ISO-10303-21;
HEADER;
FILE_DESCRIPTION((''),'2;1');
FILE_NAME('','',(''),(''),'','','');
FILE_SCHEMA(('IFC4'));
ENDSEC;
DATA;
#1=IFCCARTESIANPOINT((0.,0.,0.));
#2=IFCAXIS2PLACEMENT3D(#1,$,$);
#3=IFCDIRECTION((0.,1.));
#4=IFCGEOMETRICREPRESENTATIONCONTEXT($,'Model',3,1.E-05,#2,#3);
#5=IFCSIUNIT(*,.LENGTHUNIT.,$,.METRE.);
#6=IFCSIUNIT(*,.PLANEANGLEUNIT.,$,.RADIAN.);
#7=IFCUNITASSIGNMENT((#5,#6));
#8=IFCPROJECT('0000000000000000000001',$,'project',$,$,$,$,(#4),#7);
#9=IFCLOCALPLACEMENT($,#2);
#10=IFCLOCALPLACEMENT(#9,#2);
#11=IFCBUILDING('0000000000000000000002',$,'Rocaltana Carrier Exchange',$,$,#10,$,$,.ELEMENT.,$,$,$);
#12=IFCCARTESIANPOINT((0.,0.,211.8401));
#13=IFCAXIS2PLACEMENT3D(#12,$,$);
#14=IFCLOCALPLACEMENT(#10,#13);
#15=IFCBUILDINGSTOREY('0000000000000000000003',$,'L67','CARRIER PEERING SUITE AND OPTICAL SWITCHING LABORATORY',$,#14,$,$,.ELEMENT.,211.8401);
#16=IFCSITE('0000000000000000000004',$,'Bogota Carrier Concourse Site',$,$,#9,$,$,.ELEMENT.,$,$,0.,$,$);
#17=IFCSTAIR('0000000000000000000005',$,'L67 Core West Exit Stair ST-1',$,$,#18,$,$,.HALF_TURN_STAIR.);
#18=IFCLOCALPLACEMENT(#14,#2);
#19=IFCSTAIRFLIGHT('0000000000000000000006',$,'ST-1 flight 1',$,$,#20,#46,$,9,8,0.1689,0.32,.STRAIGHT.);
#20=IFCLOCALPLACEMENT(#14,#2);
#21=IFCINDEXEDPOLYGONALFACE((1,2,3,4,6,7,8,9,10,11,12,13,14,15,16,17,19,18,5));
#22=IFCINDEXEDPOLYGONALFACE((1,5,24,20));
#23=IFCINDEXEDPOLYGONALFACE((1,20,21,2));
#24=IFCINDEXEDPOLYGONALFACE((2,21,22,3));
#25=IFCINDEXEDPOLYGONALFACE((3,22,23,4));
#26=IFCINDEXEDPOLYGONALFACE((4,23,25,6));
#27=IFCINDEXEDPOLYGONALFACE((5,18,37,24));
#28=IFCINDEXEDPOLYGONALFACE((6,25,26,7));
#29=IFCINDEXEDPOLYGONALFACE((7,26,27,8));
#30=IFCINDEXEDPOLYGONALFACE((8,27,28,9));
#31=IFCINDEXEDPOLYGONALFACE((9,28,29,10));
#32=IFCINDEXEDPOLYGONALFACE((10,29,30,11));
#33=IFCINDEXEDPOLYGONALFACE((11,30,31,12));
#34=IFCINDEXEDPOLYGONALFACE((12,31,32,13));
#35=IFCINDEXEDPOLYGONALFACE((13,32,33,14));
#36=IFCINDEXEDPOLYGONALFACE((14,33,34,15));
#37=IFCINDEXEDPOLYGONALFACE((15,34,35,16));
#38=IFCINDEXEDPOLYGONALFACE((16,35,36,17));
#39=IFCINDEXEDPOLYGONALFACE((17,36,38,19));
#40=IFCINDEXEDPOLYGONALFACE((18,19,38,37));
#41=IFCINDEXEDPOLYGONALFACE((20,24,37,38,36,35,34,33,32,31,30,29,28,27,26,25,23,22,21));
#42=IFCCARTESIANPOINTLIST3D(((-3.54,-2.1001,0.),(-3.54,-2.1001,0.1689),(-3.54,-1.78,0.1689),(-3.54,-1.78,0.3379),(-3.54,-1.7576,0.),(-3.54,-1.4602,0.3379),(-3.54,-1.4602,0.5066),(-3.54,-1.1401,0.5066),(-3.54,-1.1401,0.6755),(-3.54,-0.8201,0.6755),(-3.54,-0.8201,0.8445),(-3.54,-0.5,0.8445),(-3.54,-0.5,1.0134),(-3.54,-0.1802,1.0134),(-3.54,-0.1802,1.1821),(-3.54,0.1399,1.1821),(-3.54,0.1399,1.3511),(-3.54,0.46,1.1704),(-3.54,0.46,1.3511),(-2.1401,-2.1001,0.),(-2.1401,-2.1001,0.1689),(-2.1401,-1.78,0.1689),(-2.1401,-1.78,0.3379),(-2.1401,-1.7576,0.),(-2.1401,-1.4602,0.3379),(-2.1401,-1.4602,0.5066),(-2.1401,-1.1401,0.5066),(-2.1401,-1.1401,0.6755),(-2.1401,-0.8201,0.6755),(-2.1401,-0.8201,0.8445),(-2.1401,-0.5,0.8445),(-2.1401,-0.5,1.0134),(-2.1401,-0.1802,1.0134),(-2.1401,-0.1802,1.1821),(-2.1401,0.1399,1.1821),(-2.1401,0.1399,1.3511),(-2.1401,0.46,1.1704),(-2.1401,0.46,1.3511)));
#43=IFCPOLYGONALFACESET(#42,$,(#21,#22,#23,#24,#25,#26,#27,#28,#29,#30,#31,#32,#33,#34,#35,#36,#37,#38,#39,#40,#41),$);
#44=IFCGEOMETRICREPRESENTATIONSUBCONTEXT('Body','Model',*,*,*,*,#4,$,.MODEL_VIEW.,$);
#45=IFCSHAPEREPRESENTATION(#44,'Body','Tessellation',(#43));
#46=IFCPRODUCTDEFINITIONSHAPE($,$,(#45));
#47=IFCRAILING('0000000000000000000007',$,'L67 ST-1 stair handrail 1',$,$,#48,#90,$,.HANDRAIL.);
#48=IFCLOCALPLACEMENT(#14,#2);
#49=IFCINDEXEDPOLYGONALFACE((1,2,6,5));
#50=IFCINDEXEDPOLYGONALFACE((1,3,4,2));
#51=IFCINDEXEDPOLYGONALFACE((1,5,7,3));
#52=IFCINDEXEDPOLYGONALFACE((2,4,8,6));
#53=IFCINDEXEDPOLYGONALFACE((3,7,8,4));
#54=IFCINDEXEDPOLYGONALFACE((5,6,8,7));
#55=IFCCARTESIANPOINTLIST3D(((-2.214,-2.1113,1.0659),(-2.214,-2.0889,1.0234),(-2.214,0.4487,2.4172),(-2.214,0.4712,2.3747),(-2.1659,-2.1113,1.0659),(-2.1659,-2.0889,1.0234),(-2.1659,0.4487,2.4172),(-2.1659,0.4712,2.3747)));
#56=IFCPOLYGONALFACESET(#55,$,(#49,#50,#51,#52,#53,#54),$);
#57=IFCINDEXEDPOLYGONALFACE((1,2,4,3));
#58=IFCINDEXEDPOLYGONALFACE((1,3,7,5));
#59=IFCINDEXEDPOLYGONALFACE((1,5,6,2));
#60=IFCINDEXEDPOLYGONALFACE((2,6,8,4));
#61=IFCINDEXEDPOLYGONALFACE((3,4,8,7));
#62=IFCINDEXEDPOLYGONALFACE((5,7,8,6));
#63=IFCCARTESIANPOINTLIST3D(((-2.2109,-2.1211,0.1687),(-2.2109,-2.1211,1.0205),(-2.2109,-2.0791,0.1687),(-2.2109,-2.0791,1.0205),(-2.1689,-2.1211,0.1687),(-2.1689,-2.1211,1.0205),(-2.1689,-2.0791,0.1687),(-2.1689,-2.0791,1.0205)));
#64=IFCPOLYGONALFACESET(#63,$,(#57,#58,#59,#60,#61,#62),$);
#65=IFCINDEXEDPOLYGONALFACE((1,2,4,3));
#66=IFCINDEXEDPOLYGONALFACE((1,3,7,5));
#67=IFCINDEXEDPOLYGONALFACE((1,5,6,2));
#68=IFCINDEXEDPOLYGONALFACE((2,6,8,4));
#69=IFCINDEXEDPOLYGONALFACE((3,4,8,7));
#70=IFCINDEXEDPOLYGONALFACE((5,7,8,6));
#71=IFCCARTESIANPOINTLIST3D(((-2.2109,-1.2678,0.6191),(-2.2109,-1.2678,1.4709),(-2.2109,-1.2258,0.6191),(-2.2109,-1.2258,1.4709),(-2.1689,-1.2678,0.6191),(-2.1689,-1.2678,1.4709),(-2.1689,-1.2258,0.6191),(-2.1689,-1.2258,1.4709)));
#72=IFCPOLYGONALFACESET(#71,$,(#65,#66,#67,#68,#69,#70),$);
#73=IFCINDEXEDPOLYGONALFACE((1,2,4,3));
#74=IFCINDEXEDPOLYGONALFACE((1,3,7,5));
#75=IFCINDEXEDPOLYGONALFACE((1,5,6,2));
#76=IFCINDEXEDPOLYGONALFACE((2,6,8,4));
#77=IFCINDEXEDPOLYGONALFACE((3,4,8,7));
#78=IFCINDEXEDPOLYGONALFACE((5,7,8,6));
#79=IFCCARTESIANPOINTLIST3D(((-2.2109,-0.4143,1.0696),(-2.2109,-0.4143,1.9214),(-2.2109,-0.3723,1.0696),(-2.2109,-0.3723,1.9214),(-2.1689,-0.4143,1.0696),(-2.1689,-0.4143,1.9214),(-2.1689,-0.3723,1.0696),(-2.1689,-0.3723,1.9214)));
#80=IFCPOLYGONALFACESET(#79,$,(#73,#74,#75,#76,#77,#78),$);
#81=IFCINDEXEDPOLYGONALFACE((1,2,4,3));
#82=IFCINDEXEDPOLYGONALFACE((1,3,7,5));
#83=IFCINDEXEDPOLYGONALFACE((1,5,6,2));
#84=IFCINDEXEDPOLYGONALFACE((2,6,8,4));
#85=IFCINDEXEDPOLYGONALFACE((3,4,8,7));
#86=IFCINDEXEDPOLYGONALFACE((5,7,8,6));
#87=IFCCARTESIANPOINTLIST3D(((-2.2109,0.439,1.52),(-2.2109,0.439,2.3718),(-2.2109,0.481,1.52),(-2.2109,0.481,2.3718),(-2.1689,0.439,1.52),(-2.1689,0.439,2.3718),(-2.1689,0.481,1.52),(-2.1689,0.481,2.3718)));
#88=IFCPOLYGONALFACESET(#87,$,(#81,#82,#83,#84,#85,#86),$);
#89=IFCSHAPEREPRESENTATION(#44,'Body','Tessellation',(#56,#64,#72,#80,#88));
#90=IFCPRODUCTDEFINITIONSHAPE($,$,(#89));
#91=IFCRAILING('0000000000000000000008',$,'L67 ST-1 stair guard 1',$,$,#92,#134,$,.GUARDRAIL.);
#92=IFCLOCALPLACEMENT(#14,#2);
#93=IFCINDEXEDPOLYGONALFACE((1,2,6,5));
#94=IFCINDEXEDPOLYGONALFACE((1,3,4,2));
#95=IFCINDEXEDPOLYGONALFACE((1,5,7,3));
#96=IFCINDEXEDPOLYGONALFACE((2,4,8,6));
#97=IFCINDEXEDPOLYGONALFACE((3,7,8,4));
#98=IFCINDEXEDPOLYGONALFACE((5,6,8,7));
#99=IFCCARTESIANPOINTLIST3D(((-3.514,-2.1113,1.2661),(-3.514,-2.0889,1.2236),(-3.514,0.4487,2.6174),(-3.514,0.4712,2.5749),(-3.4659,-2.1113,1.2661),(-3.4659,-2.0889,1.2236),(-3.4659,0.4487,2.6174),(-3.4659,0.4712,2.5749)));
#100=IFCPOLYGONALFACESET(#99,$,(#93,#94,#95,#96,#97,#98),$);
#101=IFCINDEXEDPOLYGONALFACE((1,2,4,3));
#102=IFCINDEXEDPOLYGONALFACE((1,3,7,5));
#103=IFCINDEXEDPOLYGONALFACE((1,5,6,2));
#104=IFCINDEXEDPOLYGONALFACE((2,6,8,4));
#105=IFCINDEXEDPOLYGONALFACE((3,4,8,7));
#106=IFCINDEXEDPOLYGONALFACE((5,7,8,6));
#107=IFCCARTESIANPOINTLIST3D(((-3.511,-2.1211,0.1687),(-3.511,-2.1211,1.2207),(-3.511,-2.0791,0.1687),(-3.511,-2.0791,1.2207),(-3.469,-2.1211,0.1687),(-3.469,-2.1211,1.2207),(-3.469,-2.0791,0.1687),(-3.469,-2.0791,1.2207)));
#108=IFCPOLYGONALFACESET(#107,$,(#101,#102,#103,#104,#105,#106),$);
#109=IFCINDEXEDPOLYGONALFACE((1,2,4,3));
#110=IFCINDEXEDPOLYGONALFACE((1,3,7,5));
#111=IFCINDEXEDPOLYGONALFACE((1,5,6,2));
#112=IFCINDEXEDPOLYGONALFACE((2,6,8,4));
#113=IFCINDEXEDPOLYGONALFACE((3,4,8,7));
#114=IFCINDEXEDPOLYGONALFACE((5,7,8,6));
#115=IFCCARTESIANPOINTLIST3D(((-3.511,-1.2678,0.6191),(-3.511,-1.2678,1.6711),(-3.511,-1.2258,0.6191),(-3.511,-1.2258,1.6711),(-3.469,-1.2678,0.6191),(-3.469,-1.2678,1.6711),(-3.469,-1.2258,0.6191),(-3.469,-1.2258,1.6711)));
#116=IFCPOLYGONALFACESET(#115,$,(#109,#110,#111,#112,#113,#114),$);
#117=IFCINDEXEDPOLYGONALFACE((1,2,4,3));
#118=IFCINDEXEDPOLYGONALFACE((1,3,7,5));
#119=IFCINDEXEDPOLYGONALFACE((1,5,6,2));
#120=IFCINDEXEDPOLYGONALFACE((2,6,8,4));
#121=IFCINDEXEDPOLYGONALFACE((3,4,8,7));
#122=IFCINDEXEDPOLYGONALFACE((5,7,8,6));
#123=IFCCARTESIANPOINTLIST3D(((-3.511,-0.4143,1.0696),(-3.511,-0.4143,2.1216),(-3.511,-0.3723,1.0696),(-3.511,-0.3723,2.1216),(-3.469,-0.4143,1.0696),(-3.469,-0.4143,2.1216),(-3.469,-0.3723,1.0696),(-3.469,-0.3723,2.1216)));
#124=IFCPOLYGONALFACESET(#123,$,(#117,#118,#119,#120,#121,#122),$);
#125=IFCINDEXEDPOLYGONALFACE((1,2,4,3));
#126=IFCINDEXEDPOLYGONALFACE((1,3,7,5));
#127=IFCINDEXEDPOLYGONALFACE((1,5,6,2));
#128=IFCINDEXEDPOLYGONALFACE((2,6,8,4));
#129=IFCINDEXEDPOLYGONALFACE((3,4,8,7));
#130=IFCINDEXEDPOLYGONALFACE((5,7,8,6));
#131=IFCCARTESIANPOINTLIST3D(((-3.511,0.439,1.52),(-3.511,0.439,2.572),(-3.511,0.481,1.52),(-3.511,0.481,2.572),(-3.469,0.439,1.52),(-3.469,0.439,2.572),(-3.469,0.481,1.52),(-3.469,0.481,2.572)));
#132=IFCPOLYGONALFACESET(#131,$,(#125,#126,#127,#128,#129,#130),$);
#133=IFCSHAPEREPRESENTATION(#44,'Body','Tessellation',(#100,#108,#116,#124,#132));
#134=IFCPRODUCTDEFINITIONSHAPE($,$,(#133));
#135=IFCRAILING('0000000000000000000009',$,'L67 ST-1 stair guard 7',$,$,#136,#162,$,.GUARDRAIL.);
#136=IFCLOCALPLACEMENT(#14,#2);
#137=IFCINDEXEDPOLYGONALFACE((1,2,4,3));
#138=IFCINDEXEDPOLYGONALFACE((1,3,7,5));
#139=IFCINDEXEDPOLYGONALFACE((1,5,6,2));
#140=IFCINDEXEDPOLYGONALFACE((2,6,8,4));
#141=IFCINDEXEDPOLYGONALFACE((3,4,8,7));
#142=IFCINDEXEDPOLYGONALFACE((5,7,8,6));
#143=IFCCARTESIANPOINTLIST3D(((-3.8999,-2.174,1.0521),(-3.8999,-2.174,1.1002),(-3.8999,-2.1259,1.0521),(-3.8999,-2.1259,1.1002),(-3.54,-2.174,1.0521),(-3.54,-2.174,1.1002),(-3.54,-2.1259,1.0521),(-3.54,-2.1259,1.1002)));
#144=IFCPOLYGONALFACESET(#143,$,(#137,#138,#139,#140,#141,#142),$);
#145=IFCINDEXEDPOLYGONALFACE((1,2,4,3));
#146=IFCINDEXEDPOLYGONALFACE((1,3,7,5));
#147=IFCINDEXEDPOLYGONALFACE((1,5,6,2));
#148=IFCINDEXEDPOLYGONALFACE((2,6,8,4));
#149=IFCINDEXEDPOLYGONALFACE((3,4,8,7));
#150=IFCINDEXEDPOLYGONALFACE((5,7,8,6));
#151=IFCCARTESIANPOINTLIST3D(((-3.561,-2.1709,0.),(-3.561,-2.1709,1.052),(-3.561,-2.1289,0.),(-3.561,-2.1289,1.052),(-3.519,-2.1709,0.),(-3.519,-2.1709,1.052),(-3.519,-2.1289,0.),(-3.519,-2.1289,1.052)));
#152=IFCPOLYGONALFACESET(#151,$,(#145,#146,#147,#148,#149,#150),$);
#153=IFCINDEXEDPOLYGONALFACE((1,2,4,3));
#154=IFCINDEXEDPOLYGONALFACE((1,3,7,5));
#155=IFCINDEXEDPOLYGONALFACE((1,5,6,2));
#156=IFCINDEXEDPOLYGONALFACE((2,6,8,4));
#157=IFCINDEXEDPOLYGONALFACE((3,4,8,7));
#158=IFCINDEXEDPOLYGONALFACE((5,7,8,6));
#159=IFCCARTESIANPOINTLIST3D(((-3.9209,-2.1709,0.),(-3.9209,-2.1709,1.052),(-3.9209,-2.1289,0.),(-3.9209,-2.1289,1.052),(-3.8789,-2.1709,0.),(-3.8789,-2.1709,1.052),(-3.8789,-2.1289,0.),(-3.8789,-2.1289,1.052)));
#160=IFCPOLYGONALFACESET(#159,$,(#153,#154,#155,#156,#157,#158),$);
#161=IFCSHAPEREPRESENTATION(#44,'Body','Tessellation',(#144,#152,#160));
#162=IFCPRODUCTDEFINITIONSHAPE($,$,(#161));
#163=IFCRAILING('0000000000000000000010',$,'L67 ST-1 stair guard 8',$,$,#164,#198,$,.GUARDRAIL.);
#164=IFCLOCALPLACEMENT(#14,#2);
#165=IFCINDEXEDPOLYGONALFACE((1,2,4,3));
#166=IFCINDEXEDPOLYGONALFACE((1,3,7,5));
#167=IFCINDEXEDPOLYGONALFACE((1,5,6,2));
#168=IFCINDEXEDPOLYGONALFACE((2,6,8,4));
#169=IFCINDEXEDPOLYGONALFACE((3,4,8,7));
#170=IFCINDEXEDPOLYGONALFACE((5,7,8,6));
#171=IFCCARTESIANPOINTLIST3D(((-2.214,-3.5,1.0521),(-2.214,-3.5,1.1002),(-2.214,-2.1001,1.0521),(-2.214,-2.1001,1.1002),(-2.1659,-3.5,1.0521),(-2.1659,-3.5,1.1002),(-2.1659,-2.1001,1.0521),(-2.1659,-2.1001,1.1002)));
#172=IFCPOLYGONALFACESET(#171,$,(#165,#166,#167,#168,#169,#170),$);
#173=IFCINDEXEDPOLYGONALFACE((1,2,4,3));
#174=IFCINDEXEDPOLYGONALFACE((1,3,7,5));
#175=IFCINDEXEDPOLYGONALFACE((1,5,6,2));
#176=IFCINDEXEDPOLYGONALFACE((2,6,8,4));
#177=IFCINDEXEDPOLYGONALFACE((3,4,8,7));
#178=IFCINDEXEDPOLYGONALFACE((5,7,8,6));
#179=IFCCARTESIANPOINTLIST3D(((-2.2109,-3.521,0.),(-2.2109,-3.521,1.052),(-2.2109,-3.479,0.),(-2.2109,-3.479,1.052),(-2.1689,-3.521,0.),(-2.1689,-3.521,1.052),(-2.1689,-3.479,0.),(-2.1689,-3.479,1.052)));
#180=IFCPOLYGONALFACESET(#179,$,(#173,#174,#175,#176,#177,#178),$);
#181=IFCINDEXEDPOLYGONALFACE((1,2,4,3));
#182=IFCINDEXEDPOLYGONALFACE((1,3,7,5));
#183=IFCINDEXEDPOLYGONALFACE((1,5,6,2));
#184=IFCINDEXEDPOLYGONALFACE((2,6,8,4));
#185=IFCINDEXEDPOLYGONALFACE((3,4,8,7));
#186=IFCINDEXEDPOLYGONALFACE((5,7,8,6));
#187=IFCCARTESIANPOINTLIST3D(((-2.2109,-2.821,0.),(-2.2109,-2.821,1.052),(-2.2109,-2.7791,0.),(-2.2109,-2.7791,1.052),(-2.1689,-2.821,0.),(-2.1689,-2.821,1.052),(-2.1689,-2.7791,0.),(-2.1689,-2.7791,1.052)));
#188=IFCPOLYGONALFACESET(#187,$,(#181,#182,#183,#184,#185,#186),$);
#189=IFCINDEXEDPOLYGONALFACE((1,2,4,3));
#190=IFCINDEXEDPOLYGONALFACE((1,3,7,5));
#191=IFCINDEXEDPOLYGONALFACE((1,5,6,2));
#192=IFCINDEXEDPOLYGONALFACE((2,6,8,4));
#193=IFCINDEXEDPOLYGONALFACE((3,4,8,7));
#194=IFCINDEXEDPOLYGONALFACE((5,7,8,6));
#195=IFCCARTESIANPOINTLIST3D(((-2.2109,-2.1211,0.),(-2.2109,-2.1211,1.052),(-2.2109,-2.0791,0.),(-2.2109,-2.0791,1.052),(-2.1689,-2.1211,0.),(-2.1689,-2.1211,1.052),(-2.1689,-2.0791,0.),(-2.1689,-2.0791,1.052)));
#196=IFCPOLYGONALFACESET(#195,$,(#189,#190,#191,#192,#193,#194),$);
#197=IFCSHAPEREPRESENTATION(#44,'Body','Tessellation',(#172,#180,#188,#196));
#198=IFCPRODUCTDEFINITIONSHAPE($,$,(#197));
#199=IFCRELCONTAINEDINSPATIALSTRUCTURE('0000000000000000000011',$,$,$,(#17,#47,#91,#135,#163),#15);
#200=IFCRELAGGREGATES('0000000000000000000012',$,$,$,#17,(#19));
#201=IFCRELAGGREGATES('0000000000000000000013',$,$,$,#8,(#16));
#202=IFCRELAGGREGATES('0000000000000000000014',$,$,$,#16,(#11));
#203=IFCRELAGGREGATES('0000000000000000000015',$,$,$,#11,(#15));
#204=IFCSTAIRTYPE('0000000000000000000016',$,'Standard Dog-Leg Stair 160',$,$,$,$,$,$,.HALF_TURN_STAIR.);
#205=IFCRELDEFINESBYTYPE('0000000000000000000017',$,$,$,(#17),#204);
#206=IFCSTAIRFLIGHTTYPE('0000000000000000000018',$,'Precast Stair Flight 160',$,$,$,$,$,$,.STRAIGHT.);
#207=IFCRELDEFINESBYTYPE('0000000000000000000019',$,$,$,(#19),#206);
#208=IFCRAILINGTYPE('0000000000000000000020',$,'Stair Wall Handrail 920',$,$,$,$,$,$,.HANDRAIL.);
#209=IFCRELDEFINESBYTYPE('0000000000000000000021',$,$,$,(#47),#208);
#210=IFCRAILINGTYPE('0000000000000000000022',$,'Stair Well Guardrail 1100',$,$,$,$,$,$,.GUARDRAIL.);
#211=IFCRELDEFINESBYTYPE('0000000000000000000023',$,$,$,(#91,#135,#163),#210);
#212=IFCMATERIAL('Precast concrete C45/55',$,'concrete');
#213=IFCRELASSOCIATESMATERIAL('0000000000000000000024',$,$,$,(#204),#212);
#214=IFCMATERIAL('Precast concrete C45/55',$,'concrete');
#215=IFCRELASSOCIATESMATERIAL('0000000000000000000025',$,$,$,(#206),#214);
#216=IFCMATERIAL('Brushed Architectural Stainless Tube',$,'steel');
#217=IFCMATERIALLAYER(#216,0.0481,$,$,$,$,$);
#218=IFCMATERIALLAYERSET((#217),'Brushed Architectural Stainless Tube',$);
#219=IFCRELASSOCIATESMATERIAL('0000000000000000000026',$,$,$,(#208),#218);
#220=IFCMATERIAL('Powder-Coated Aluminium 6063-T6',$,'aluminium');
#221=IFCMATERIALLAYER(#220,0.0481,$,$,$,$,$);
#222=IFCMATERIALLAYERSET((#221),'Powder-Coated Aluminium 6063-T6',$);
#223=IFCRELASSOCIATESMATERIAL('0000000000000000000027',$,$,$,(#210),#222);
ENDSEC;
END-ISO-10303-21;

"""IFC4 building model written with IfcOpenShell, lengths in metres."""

from ifc_helpers import new_model, si_unit, direction, frame, origin, origin_2d, place, context, subcontext, project, spatial, polyline, rectangle, outline, extrude, material, layer, layer_set, type_object, element, aggregate, save


model = new_model("IFC4")

# Units and contexts
model_context = context("Model", 3, precision=1e-05, world=origin(), true_north=direction((0.0, 1.0)))
body_context = subcontext(model_context, "Body", "Model", "MODEL_VIEW")
ifc_project = project(units=[si_unit("LENGTHUNIT", "METRE"), si_unit("PLANEANGLEUNIT", "RADIAN")], contexts=[model_context])

# Site, building, storey
site_placement = place(None, origin())
site = spatial("IfcSite", under=ifc_project, at=site_placement, Name="Bogota Carrier Concourse Site", CompositionType="ELEMENT", RefElevation=0.0)
building_placement = place(site_placement, origin())
building = spatial("IfcBuilding", under=site, at=building_placement, Name="Rocaltana Carrier Exchange", CompositionType="ELEMENT")
storey_placement = place(building_placement, frame((0.0, 0.0, 211.8401)))
storey = spatial("IfcBuildingStorey", under=building, at=storey_placement, Name="L67", Description="CARRIER PEERING SUITE AND OPTICAL SWITCHING LABORATORY", CompositionType="ELEMENT", Elevation=211.8401)

# Stair, stair flight
ifc_material_1 = material(Name="Precast concrete C45/55", Category="concrete")
stair_type = type_object("IfcStairType", Name="Standard Dog-Leg Stair 160", PredefinedType="HALF_TURN_STAIR", material=ifc_material_1)
stair_placement = place(storey_placement, origin())
stair = element("IfcStair", 1, at=stair_placement, inside=storey, type_object=stair_type, Name="L67 Core West Exit Stair ST-1", PredefinedType="HALF_TURN_STAIR")
ifc_material_2 = material(Name="Precast concrete C45/55", Category="concrete")
stair_flight_type = type_object("IfcStairFlightType", Name="Precast Stair Flight 160", PredefinedType="STRAIGHT", material=ifc_material_2)
stair_flight_placement = place(storey_placement, frame((-2.8401, -2.1001, 0.0), z_axis=(0.0, 0.0, 1.0), x_axis=(0.0, 1.0, 0.0)))
stair_flight = element("IfcStairFlight", 2, at=stair_flight_placement, type_object=stair_flight_type, Name="ST-1 flight 1", NumberOfRisers=9, NumberOfTreads=8, PredefinedType="STRAIGHT", RiserHeight=0.1689, TreadLength=0.32, context=body_context, shape_type="SweptSolid", body=[
    extrude(outline(polyline([(0.0, 0.0), (0.0, 0.1689), (0.3201, 0.1689), (0.3201, 0.3379), (0.6399, 0.3379), (0.6399, 0.5066), (0.96, 0.5066), (0.96, 0.6755), (1.28, 0.6755), (1.28, 0.8445), (1.6001, 0.8445), (1.6001, 1.0134), (1.9199, 1.0134), (1.9199, 1.1821), (2.24, 1.1821), (2.24, 1.3511), (2.5601, 1.3511), (2.5601, 1.52), (2.5601, 1.1704), (0.3425, 0.0), (0.0, 0.0)])), frame((0.0, 0.7, 0.0), z_axis=(0.0, -1.0, 0.0), x_axis=(1.0, 0.0, 0.0)), (0.0, 0.0, 1.0), 1.3999),
])
aggregate(stair, [stair_flight])

# Railings
ifc_material_3 = material(Name="Brushed Architectural Stainless Tube", Category="steel")
ifc_layer_1 = layer(ifc_material_3, 0.0481)
ifc_layer_set_1 = layer_set([ifc_layer_1], Name="Brushed Architectural Stainless Tube")
railing_type_1 = type_object("IfcRailingType", Name="Stair Wall Handrail 920", PredefinedType="HANDRAIL", material=ifc_layer_set_1)
railing_1_placement = place(storey_placement, frame((-2.1899, -2.1001, 0.1687)))
element("IfcRailing", 3, at=railing_1_placement, inside=storey, type_object=railing_type_1, Name="L67 ST-1 stair handrail 1", PredefinedType="HANDRAIL", context=body_context, shape_type="SweptSolid", body=[
    extrude(rectangle(XDim=0.0481, YDim=0.0481, at=origin_2d()), frame((0.0, 0.0, 0.876), z_axis=(0.0, 0.88436, 0.466806), x_axis=(-1.0, 0.0, 0.0)), (0.0, 0.0, 1.0), 2.8948),
    extrude(rectangle(XDim=0.042, YDim=0.042, at=origin_2d()), origin(), (0.0, 0.0, 1.0), 0.8518),
    extrude(rectangle(XDim=0.042, YDim=0.042, at=origin_2d()), frame((0.0, 0.8533, 0.4504)), (0.0, 0.0, 1.0), 0.8518),
    extrude(rectangle(XDim=0.042, YDim=0.042, at=origin_2d()), frame((0.0, 1.7068, 0.9009)), (0.0, 0.0, 1.0), 0.8518),
    extrude(rectangle(XDim=0.042, YDim=0.042, at=origin_2d()), frame((0.0, 2.5601, 1.3513)), (0.0, 0.0, 1.0), 0.8518),
])
ifc_material_4 = material(Name="Powder-Coated Aluminium 6063-T6", Category="aluminium")
ifc_layer_2 = layer(ifc_material_4, 0.0481)
ifc_layer_set_2 = layer_set([ifc_layer_2], Name="Powder-Coated Aluminium 6063-T6")
railing_type_2 = type_object("IfcRailingType", Name="Stair Well Guardrail 1100", PredefinedType="GUARDRAIL", material=ifc_layer_set_2)
railing_2_placement = place(storey_placement, frame((-3.49, -2.1001, 0.1687)))
element("IfcRailing", 4, at=railing_2_placement, inside=storey, type_object=railing_type_2, Name="L67 ST-1 stair guard 1", PredefinedType="GUARDRAIL", context=body_context, shape_type="SweptSolid", body=[
    extrude(rectangle(XDim=0.0481, YDim=0.0481, at=origin_2d()), frame((0.0, 0.0, 1.0762), z_axis=(0.0, 0.88436, 0.466806), x_axis=(-1.0, 0.0, 0.0)), (0.0, 0.0, 1.0), 2.8948),
    extrude(rectangle(XDim=0.042, YDim=0.042, at=origin_2d()), origin(), (0.0, 0.0, 1.0), 1.052),
    extrude(rectangle(XDim=0.042, YDim=0.042, at=origin_2d()), frame((0.0, 0.8533, 0.4504)), (0.0, 0.0, 1.0), 1.052),
    extrude(rectangle(XDim=0.042, YDim=0.042, at=origin_2d()), frame((0.0, 1.7068, 0.9009)), (0.0, 0.0, 1.0), 1.052),
    extrude(rectangle(XDim=0.042, YDim=0.042, at=origin_2d()), frame((0.0, 2.5601, 1.3513)), (0.0, 0.0, 1.0), 1.052),
])
railing_3_placement = place(storey_placement, frame((-3.54, -2.1499, 0.0)))
element("IfcRailing", 5, at=railing_3_placement, inside=storey, type_object=railing_type_2, Name="L67 ST-1 stair guard 7", PredefinedType="GUARDRAIL", context=body_context, shape_type="SweptSolid", body=[
    extrude(rectangle(XDim=0.0481, YDim=0.0481, at=origin_2d()), frame((0.0, 0.0, 1.0762), z_axis=(-1.0, 0.0, 0.0), x_axis=(0.0, -1.0, 0.0)), (0.0, 0.0, 1.0), 0.3599),
    extrude(rectangle(XDim=0.042, YDim=0.042, at=origin_2d()), origin(), (0.0, 0.0, 1.0), 1.052),
    extrude(rectangle(XDim=0.042, YDim=0.042, at=origin_2d()), frame((-0.3599, 0.0, 0.0)), (0.0, 0.0, 1.0), 1.052),
])
for number, where, name in (
    (6, (-2.1899, -3.5, 0.0), "L67 ST-1 stair guard 8"),
):
    element("IfcRailing", number, at=place(storey_placement, frame(where)), inside=storey, type_object=railing_type_2, Name=name, PredefinedType="GUARDRAIL", context=body_context, shape_type="SweptSolid", body=[
        extrude(rectangle(XDim=0.0481, YDim=0.0481, at=origin_2d()), frame((0.0, 0.0, 1.0762), z_axis=(0.0, 1.0, 0.0), x_axis=(-1.0, 0.0, 0.0)), (0.0, 0.0, 1.0), 1.3999),
        extrude(rectangle(XDim=0.042, YDim=0.042, at=origin_2d()), origin(), (0.0, 0.0, 1.0), 1.052),
        extrude(rectangle(XDim=0.042, YDim=0.042, at=origin_2d()), frame((0.0, 0.7, 0.0)), (0.0, 0.0, 1.0), 1.052),
        extrude(rectangle(XDim=0.042, YDim=0.042, at=origin_2d()), frame((0.0, 1.3999, 0.0)), (0.0, 0.0, 1.0), 1.052),
    ])

save(model, "model.ifc")
